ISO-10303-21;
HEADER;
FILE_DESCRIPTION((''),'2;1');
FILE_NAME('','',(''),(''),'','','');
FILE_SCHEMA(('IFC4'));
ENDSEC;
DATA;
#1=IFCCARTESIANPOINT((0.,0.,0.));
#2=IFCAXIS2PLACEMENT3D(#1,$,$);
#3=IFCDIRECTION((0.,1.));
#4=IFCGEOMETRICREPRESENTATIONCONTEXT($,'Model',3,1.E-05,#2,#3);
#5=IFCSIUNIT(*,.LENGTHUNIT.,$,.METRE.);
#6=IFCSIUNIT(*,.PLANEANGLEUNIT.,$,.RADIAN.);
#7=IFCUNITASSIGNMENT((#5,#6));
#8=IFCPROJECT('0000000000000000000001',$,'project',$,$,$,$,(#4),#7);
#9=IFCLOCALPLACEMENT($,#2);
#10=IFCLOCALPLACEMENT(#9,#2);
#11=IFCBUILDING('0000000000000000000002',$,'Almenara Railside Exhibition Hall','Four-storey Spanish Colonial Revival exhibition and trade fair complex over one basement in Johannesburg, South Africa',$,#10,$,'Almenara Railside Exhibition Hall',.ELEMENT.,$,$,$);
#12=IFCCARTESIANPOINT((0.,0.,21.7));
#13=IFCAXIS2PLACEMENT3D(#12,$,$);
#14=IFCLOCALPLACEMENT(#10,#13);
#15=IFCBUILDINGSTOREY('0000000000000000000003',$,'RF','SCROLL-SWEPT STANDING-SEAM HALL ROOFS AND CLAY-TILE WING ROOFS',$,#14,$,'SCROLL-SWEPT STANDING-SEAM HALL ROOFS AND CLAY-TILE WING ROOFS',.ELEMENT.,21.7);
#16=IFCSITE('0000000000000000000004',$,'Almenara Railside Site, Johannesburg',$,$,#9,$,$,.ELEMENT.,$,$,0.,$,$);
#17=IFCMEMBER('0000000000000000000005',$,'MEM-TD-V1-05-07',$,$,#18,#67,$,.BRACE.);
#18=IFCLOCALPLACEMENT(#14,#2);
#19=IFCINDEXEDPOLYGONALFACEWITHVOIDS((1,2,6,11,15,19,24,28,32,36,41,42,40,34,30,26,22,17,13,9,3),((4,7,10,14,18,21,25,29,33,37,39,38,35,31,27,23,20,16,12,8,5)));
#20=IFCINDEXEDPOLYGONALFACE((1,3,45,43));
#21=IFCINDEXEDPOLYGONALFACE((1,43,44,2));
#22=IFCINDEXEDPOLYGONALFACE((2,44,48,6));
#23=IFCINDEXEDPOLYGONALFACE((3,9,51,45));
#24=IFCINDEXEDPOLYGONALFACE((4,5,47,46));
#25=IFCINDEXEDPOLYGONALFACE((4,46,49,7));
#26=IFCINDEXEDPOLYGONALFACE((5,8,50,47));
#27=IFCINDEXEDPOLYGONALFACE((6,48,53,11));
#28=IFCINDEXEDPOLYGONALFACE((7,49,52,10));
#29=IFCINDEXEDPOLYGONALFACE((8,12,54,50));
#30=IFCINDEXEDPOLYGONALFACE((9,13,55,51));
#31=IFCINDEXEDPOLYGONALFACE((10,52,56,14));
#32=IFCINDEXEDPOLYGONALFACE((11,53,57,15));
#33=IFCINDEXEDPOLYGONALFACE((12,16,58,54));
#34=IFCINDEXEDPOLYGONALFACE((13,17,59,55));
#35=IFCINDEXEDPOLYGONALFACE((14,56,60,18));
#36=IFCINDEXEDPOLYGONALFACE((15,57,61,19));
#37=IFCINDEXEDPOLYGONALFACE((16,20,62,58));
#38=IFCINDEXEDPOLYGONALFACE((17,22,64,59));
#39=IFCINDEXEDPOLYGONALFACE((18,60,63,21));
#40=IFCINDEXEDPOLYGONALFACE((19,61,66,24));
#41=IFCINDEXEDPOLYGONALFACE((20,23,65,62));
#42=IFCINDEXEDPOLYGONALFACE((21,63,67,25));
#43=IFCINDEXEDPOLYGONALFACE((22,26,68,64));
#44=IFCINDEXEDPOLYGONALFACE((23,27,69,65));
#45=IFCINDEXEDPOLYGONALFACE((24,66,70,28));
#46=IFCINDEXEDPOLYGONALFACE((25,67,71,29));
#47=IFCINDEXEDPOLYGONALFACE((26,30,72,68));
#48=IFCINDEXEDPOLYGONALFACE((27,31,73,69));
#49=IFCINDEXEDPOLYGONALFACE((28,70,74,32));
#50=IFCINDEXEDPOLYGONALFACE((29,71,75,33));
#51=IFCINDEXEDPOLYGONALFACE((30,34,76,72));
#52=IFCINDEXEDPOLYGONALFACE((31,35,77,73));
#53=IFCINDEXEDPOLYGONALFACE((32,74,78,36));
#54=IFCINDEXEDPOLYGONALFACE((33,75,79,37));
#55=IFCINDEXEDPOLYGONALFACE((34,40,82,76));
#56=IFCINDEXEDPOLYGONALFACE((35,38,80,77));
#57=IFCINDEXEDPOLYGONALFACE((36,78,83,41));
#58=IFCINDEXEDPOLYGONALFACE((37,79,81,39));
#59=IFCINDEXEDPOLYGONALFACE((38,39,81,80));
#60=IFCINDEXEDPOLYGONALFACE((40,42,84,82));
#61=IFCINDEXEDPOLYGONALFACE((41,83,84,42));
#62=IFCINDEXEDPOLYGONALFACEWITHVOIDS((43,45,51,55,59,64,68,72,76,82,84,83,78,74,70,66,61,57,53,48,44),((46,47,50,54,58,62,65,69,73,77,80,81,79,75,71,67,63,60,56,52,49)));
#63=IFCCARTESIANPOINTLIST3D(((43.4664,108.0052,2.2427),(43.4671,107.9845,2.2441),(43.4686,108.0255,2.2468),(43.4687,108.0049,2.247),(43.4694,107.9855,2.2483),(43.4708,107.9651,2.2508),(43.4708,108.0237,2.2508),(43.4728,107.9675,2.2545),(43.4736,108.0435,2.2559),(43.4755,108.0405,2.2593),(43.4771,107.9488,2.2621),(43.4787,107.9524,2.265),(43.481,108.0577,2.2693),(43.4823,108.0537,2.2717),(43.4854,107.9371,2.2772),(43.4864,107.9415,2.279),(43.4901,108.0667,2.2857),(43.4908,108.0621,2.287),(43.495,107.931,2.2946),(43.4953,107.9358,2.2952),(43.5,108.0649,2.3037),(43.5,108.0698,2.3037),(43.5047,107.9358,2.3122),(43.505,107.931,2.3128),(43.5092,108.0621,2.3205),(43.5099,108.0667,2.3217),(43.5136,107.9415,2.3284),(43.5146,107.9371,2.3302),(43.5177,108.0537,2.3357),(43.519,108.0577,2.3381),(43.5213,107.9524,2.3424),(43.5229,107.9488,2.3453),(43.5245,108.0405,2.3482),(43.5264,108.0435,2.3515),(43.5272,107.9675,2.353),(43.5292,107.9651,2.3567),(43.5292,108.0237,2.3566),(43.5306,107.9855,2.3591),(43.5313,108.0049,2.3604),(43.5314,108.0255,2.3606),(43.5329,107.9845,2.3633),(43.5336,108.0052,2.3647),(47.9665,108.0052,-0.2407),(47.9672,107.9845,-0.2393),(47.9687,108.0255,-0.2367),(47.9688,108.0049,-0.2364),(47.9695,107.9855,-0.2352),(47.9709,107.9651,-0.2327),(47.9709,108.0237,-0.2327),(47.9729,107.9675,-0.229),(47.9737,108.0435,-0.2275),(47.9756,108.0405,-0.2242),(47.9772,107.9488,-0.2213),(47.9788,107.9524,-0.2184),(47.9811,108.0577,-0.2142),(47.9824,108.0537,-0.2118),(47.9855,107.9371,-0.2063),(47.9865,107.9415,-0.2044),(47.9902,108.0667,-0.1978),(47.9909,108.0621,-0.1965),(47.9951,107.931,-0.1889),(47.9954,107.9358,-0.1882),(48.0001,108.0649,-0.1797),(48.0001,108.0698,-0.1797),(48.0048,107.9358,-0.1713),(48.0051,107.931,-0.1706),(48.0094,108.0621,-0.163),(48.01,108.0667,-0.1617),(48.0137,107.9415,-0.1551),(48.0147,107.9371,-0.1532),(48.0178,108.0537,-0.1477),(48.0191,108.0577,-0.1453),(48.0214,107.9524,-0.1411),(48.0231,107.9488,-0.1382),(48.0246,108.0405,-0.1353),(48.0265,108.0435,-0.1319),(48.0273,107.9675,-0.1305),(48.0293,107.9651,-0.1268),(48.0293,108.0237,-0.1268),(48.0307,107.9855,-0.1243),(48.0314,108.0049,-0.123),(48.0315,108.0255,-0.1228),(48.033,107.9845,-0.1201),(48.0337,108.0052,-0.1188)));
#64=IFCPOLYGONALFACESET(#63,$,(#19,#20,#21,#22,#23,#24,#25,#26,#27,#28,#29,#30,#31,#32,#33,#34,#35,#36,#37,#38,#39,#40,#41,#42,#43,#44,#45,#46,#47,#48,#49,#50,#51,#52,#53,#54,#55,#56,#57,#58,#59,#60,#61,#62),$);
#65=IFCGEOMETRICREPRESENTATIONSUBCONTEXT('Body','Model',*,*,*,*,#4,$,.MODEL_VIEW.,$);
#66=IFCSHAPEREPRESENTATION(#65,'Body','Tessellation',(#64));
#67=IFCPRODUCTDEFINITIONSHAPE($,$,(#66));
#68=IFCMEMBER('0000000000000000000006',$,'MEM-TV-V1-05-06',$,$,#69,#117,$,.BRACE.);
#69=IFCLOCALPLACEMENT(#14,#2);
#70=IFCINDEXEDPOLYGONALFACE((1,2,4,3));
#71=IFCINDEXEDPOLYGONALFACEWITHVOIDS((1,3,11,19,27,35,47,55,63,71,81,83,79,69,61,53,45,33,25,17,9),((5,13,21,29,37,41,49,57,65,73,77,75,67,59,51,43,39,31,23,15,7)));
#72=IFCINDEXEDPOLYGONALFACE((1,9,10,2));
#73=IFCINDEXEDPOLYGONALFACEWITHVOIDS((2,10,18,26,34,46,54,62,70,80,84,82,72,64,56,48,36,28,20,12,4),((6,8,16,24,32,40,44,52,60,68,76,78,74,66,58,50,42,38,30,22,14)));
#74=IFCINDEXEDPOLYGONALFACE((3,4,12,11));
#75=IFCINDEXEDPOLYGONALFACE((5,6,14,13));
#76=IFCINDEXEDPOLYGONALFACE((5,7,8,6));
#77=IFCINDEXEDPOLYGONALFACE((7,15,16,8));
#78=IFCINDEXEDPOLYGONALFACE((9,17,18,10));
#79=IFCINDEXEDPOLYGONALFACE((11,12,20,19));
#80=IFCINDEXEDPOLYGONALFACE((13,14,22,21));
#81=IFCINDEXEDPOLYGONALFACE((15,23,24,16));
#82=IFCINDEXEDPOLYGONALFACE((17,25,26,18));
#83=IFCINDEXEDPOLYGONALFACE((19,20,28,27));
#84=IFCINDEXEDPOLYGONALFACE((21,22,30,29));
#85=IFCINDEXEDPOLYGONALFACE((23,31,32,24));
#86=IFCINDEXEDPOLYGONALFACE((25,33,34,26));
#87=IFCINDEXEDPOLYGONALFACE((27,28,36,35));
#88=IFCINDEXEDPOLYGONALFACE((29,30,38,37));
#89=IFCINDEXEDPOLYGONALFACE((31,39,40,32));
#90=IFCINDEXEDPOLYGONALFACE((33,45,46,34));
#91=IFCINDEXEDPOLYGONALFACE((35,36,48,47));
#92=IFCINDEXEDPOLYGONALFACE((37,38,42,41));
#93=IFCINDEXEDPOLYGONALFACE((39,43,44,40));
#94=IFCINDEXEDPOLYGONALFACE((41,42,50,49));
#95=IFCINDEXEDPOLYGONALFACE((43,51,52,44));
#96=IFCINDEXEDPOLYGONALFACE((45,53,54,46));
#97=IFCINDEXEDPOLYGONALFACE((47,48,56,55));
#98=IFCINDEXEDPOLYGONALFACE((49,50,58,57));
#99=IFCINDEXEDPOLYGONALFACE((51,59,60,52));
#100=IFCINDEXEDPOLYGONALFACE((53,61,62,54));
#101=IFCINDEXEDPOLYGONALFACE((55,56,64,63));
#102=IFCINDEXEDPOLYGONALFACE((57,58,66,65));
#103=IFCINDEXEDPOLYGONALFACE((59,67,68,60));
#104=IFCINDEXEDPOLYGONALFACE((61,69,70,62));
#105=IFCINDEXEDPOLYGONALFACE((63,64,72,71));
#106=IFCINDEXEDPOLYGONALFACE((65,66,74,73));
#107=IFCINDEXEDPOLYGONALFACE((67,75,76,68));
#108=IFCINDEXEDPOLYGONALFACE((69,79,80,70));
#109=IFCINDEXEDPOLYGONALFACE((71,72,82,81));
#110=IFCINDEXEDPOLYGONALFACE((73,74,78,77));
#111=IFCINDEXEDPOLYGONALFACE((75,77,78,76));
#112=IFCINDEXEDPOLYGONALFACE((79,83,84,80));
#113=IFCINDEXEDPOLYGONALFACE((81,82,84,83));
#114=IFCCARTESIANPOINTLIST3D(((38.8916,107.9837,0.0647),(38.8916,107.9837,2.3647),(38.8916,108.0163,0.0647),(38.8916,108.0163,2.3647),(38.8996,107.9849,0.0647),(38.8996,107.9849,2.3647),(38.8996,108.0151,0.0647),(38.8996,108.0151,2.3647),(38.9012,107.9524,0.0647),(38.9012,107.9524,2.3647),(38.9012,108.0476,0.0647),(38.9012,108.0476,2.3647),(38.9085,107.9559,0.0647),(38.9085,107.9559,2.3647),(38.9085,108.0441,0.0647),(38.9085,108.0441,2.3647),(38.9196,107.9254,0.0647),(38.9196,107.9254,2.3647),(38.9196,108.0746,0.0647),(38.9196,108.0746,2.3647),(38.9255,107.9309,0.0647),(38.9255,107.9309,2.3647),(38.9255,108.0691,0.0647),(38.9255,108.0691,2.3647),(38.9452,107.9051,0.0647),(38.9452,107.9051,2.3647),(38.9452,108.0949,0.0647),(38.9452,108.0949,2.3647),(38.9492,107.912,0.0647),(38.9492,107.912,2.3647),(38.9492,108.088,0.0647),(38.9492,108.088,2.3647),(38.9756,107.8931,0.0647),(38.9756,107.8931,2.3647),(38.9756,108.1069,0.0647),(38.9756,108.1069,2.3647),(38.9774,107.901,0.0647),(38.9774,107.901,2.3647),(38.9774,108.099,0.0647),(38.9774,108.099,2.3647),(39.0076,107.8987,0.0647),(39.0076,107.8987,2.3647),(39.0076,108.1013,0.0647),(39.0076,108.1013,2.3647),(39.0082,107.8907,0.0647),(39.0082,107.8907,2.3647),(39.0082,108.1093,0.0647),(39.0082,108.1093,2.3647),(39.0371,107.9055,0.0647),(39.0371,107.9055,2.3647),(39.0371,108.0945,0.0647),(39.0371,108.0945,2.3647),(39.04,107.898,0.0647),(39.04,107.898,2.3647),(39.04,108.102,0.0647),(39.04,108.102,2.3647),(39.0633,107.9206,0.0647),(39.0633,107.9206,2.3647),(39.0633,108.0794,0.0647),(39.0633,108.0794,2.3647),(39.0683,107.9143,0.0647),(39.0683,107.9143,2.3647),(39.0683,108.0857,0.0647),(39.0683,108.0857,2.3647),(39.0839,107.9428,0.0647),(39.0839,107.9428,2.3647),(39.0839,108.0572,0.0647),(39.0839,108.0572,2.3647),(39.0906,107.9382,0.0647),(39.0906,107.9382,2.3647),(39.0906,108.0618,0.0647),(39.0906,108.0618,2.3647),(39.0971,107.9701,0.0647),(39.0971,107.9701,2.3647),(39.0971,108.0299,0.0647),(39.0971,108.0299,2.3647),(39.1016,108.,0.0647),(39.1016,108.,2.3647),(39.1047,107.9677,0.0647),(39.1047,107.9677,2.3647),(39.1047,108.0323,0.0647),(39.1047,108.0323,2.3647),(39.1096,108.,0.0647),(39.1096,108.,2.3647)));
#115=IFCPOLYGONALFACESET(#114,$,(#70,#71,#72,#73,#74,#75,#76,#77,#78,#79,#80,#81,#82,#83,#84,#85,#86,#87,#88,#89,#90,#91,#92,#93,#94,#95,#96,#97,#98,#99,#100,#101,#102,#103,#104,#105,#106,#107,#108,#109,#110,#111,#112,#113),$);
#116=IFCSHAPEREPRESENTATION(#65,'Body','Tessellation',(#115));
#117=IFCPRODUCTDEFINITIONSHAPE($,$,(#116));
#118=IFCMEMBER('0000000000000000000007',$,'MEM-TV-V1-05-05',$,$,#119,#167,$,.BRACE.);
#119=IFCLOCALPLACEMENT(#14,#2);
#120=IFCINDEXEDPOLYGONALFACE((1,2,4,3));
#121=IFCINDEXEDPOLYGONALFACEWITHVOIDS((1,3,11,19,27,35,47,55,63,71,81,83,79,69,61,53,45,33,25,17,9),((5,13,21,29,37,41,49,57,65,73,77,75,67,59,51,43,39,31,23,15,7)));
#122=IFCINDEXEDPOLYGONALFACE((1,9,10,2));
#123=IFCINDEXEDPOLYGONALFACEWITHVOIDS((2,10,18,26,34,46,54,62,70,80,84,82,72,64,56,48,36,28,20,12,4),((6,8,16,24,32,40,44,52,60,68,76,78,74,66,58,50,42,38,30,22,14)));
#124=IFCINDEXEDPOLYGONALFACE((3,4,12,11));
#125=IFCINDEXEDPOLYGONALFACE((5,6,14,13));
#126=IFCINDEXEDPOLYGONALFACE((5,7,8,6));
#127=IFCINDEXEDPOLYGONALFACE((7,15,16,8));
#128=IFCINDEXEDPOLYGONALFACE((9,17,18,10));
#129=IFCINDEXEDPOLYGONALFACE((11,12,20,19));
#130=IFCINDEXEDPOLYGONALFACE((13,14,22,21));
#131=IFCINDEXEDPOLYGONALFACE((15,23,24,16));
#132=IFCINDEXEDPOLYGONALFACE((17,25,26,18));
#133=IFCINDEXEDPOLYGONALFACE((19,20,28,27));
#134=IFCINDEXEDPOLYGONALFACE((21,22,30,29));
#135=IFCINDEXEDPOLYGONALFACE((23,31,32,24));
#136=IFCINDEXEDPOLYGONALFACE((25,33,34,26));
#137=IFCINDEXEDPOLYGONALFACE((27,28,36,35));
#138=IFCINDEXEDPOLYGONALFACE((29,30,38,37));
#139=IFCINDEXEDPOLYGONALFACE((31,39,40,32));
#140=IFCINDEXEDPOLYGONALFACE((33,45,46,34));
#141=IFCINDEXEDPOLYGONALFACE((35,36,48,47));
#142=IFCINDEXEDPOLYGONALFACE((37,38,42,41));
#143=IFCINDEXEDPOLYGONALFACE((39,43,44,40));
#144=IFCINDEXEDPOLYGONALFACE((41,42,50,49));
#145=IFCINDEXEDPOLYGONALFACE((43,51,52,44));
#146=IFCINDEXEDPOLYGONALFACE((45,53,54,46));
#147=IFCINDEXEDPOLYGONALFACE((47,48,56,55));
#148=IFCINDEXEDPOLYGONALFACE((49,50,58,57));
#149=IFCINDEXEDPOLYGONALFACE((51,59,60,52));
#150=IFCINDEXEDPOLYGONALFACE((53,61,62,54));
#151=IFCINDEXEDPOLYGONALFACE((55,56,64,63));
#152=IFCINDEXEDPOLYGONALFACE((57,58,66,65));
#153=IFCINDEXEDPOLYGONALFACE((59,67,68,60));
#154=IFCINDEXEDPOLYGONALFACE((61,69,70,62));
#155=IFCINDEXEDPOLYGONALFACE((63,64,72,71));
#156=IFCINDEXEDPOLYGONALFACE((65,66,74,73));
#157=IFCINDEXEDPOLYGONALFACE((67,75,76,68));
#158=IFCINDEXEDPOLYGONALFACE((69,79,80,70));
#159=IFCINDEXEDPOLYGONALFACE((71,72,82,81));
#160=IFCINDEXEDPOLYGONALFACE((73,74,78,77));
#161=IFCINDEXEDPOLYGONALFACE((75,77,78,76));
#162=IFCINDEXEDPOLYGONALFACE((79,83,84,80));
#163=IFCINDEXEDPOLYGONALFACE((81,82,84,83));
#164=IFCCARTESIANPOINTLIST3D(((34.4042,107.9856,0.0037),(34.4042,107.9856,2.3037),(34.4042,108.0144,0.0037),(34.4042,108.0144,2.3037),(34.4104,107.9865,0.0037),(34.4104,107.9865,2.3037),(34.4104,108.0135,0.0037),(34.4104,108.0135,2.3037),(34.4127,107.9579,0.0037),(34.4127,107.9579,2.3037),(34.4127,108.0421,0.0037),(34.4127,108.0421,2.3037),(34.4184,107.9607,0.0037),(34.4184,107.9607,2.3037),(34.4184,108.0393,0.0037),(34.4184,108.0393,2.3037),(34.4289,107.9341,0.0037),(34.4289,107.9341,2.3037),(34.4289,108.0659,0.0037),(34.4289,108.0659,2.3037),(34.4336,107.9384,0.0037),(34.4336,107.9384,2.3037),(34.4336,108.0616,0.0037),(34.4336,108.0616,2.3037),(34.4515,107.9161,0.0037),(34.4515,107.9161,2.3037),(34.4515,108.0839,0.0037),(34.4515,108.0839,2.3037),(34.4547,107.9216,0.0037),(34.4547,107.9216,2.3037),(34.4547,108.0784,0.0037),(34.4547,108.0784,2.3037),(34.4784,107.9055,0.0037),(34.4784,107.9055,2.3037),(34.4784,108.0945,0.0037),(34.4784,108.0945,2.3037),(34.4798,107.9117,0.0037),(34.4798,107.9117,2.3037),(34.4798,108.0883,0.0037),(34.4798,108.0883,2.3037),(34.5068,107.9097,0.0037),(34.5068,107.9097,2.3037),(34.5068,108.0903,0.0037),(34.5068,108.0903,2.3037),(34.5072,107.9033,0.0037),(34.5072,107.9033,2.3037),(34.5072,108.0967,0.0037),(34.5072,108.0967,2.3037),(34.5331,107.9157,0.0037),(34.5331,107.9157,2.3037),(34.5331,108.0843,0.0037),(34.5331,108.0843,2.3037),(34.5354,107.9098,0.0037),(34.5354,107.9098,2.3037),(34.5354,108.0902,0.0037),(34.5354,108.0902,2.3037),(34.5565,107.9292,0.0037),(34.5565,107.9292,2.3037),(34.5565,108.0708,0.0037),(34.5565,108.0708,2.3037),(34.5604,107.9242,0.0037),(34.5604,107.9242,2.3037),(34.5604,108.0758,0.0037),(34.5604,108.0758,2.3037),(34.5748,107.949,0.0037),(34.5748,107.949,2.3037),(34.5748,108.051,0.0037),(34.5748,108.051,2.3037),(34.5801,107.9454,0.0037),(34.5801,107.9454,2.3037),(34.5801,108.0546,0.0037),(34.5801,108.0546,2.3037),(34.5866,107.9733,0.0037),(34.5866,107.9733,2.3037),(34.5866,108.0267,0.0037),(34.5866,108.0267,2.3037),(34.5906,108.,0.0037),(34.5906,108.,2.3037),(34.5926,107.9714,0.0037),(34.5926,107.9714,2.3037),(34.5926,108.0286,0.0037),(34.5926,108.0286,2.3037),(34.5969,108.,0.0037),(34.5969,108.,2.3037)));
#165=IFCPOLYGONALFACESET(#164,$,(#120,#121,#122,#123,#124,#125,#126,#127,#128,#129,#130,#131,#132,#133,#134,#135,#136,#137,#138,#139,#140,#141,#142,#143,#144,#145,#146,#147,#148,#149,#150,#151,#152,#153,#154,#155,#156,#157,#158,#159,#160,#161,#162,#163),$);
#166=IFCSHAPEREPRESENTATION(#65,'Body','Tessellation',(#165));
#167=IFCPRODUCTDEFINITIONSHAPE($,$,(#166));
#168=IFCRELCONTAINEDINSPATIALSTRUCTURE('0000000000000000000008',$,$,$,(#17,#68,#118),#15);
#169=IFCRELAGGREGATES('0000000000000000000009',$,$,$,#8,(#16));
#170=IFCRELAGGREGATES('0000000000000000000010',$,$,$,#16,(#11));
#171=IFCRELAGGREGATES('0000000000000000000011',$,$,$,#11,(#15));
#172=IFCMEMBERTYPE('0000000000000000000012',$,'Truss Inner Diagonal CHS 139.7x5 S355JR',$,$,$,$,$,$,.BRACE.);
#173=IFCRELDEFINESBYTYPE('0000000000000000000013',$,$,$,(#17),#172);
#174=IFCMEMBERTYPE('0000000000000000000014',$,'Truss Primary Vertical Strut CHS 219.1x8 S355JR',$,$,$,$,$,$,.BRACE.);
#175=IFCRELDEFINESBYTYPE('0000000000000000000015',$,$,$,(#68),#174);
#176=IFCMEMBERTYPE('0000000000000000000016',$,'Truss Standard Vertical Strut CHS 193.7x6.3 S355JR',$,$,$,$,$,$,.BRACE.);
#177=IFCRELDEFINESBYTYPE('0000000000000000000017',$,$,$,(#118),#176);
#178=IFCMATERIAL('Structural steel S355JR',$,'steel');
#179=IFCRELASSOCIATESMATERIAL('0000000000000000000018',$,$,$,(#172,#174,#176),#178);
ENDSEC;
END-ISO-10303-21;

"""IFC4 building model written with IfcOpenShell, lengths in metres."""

from ifc_helpers import new_model, si_unit, direction, frame, origin, origin_2d, place, context, subcontext, project, spatial, hollow_circle, extrude, material, material_profile, profile_set, type_object, element, save


model = new_model("IFC4")

# Units and contexts
model_context = context("Model", 3, precision=1e-05, world=origin(), true_north=direction((0.0, 1.0)))
body_context = subcontext(model_context, "Body", "Model", "MODEL_VIEW")
ifc_project = project(units=[si_unit("LENGTHUNIT", "METRE"), si_unit("PLANEANGLEUNIT", "RADIAN")], contexts=[model_context])

# Site, building, storey
site_placement = place(None, origin())
site = spatial("IfcSite", under=ifc_project, at=site_placement, Name="Almenara Railside Site, Johannesburg", CompositionType="ELEMENT", RefElevation=0.0)
building_placement = place(site_placement, origin())
building = spatial("IfcBuilding", under=site, at=building_placement, Name="Almenara Railside Exhibition Hall", Description="Four-storey Spanish Colonial Revival exhibition and trade fair complex over one basement in Johannesburg, South Africa", LongName="Almenara Railside Exhibition Hall", CompositionType="ELEMENT")
storey_placement = place(building_placement, frame((0.0, 0.0, 21.7)))
storey = spatial("IfcBuildingStorey", under=building, at=storey_placement, Name="RF", Description="SCROLL-SWEPT STANDING-SEAM HALL ROOFS AND CLAY-TILE WING ROOFS", LongName="SCROLL-SWEPT STANDING-SEAM HALL ROOFS AND CLAY-TILE WING ROOFS", CompositionType="ELEMENT", Elevation=21.7)

# Members
ifc_material_1 = material(Name="Structural steel S355JR", Category="steel")
ifc_material_profile_1 = material_profile(ifc_material_1, hollow_circle(Radius=0.0698, WallThickness=0.0049, at=origin_2d()), Name="CHS 139.7x5")
ifc_profile_set_1 = profile_set([ifc_material_profile_1], Name="Structural steel S355JR")
member_type_1 = type_object("IfcMemberType", Name="Truss Inner Diagonal CHS 139.7x5 S355JR", PredefinedType="BRACE", material=ifc_profile_set_1)
member_1_placement = place(storey_placement, frame((43.5, 108.0, 2.3037), z_axis=(0.875525, 0.0, -0.483173), x_axis=(0.0, 1.0, 0.0)))
element("IfcMember", 1, at=member_1_placement, inside=storey, type_object=member_type_1, Name="MEM-TD-V1-05-07", PredefinedType="BRACE", context=body_context, shape_type="SweptSolid", body=[
    extrude(hollow_circle(Radius=0.0698, WallThickness=0.0049, at=origin_2d()), origin(), (0.0, 0.0, 1.0), 5.1399),
])
ifc_material_profile_2 = material_profile(ifc_material_1, hollow_circle(Radius=0.1096, WallThickness=0.0081, at=origin_2d()), Name="CHS 219.1x8")
ifc_profile_set_2 = profile_set([ifc_material_profile_2], Name="Structural steel S355JR")
member_type_2 = type_object("IfcMemberType", Name="Truss Primary Vertical Strut CHS 219.1x8 S355JR", PredefinedType="BRACE", material=ifc_profile_set_2)
member_2_placement = place(storey_placement, frame((39.0, 108.0, 0.0647), z_axis=(0.0, 0.0, 1.0), x_axis=(1.0, 0.0, 0.0)))
element("IfcMember", 2, at=member_2_placement, inside=storey, type_object=member_type_2, Name="MEM-TV-V1-05-06", PredefinedType="BRACE", context=body_context, shape_type="SweptSolid", body=[
    extrude(hollow_circle(Radius=0.1096, WallThickness=0.0081, at=origin_2d()), origin(), (0.0, 0.0, 1.0), 2.3),
])
ifc_material_profile_3 = material_profile(ifc_material_1, hollow_circle(Radius=0.0969, WallThickness=0.0063, at=origin_2d()), Name="CHS 193.7x6.3")
ifc_profile_set_3 = profile_set([ifc_material_profile_3], Name="Structural steel S355JR")
member_type_3 = type_object("IfcMemberType", Name="Truss Standard Vertical Strut CHS 193.7x6.3 S355JR", PredefinedType="BRACE", material=ifc_profile_set_3)
for number, where, z_axis, x_axis, name in (
    (3, (34.5, 108.0, 0.0037), (0.0, 0.0, 1.0), (1.0, 0.0, 0.0), "MEM-TV-V1-05-05"),
):
    element("IfcMember", number, at=place(storey_placement, frame(where, z_axis=z_axis, x_axis=x_axis)), inside=storey, type_object=member_type_3, Name=name, PredefinedType="BRACE", context=body_context, shape_type="SweptSolid", body=[
        extrude(hollow_circle(Radius=0.0969, WallThickness=0.0063, at=origin_2d()), origin(), (0.0, 0.0, 1.0), 2.3),
    ])

save(model, "model.ifc")
